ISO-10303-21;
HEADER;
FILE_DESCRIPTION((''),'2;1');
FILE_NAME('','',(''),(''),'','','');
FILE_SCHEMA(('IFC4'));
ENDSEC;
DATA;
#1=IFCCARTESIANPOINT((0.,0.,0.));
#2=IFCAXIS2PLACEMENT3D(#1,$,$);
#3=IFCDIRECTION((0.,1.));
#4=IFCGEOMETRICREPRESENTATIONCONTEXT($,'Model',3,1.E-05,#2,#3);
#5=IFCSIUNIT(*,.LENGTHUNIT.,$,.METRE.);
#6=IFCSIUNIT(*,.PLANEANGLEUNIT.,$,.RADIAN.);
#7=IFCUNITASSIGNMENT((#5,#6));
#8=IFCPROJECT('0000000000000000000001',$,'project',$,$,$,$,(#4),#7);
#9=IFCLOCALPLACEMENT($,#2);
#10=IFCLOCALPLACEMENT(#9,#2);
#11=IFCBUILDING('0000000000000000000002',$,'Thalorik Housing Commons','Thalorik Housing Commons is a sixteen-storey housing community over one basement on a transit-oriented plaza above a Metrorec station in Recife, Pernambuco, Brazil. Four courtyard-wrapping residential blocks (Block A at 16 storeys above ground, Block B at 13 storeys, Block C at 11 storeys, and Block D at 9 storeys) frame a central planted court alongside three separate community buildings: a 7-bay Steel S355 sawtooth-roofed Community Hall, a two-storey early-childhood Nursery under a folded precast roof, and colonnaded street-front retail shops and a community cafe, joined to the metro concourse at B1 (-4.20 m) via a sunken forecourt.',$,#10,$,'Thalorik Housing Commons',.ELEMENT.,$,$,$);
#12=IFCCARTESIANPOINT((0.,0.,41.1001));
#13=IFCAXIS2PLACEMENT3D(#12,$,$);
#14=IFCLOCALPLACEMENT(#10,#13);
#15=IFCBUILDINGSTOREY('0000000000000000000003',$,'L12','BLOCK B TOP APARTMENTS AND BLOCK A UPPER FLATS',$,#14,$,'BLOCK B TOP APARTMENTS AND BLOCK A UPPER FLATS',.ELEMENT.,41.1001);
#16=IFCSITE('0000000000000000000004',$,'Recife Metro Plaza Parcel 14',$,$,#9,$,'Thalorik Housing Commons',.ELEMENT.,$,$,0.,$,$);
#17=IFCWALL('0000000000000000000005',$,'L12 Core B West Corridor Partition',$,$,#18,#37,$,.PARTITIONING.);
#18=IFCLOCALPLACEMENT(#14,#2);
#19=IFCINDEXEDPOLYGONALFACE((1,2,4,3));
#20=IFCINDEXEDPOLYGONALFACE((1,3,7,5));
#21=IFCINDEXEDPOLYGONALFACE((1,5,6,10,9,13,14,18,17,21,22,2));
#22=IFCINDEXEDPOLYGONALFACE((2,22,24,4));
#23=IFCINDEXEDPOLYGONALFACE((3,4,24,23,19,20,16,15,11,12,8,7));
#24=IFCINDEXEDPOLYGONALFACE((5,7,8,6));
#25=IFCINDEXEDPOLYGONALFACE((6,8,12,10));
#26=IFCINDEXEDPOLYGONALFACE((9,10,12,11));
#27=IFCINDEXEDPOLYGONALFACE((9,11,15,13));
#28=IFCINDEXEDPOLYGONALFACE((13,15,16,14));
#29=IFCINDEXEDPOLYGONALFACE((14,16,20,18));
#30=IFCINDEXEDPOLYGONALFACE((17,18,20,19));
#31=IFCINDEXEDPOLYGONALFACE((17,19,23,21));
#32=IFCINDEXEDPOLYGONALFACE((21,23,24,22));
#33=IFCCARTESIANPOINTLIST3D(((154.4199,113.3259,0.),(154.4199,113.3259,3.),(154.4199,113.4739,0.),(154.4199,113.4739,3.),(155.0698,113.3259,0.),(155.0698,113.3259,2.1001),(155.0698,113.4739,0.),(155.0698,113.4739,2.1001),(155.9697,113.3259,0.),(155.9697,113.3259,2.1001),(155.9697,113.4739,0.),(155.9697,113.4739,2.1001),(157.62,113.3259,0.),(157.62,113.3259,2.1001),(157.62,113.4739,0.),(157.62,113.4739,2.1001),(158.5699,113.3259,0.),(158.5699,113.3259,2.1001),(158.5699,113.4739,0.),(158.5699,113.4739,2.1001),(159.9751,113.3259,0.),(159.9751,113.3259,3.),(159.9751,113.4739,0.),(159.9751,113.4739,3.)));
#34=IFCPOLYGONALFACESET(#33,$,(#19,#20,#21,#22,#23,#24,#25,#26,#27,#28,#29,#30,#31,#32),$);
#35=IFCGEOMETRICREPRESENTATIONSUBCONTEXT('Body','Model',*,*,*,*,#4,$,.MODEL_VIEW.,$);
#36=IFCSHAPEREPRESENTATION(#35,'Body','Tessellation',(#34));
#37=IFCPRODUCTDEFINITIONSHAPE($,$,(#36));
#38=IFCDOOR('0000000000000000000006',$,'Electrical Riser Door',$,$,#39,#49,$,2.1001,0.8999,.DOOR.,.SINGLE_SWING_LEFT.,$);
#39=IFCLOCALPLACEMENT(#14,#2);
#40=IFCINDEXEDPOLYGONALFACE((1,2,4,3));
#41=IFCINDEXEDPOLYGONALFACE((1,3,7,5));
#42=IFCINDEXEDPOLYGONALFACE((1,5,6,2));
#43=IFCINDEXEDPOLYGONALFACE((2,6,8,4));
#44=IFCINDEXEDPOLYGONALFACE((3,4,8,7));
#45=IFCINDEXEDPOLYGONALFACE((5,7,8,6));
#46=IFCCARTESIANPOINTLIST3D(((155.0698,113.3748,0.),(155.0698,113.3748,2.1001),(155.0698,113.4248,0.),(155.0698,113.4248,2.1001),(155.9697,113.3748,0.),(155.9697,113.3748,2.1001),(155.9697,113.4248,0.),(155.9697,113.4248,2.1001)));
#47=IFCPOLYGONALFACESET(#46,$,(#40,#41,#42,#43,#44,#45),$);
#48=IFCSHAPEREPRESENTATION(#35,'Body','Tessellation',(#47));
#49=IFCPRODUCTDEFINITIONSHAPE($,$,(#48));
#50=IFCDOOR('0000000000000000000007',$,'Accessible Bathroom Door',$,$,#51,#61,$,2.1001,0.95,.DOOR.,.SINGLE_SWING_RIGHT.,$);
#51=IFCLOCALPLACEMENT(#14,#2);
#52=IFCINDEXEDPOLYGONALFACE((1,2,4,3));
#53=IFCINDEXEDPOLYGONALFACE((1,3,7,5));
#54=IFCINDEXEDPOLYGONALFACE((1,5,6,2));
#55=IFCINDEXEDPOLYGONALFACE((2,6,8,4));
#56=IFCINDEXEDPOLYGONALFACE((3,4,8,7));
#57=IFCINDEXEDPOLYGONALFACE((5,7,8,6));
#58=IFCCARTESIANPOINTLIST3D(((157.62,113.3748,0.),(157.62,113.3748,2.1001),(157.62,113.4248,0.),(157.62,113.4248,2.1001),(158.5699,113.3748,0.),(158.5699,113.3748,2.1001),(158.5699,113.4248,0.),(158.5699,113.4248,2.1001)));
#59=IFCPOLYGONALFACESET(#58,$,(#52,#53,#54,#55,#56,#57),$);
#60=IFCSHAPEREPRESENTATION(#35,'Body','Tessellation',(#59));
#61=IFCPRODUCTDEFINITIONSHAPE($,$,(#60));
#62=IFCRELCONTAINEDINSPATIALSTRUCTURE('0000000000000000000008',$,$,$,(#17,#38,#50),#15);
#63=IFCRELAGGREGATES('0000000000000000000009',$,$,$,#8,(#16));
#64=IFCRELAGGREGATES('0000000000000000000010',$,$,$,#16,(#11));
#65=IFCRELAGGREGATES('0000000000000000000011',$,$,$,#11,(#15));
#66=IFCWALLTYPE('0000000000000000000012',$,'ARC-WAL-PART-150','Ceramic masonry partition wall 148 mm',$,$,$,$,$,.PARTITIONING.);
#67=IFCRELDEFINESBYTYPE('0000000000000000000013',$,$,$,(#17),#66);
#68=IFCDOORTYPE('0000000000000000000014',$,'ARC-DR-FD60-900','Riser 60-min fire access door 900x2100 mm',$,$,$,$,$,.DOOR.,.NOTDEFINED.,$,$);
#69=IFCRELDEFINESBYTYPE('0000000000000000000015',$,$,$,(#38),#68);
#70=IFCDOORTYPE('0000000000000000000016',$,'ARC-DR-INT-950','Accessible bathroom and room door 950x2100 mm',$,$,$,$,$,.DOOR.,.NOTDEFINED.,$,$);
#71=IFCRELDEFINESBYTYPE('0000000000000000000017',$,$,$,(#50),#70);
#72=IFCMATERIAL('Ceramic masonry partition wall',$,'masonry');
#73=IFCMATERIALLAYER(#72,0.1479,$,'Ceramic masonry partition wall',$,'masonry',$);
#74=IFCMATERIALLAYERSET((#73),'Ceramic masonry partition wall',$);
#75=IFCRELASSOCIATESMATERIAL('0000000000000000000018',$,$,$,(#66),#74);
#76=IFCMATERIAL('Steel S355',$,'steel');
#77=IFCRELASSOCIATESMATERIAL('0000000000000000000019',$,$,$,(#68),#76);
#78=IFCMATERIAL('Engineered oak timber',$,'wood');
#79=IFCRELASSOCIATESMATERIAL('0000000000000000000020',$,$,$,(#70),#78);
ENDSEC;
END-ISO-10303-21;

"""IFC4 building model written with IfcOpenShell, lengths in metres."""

from ifc_helpers import new_model, si_unit, direction, frame, frame_2d, origin, place, context, subcontext, project, spatial, rectangle, extrude, material, layer, layer_set, type_object, element, fill, save


model = new_model("IFC4")

# Units and contexts
model_context = context("Model", 3, precision=1e-05, world=origin(), true_north=direction((0.0, 1.0)))
body_context = subcontext(model_context, "Body", "Model", "MODEL_VIEW")
ifc_project = project(units=[si_unit("LENGTHUNIT", "METRE"), si_unit("PLANEANGLEUNIT", "RADIAN")], contexts=[model_context])

# Site, building, storey
site_placement = place(None, origin())
site = spatial("IfcSite", under=ifc_project, at=site_placement, Name="Recife Metro Plaza Parcel 14", LongName="Thalorik Housing Commons", CompositionType="ELEMENT", RefElevation=0.0)
building_placement = place(site_placement, origin())
building = spatial("IfcBuilding", under=site, at=building_placement, Name="Thalorik Housing Commons", Description="Thalorik Housing Commons is a sixteen-storey housing community over one basement on a transit-oriented plaza above a Metrorec station in Recife, Pernambuco, Brazil. Four courtyard-wrapping residential blocks (Block A at 16 storeys above ground, Block B at 13 storeys, Block C at 11 storeys, and Block D at 9 storeys) frame a central planted court alongside three separate community buildings: a 7-bay Steel S355 sawtooth-roofed Community Hall, a two-storey early-childhood Nursery under a folded precast roof, and colonnaded street-front retail shops and a community cafe, joined to the metro concourse at B1 (-4.20 m) via a sunken forecourt.", LongName="Thalorik Housing Commons", CompositionType="ELEMENT")
storey_placement = place(building_placement, frame((0.0, 0.0, 41.1001)))
storey = spatial("IfcBuildingStorey", under=building, at=storey_placement, Name="L12", Description="BLOCK B TOP APARTMENTS AND BLOCK A UPPER FLATS", LongName="BLOCK B TOP APARTMENTS AND BLOCK A UPPER FLATS", CompositionType="ELEMENT", Elevation=41.1001)

# Shared definitions
ifc_material_1 = material(Name="Steel S355", Category="steel")

# Shared definitions
ifc_material_2 = material(Name="Ceramic masonry partition wall", Category="masonry")
ifc_layer_1 = layer(ifc_material_2, 0.1479, Name="Ceramic masonry partition wall", Category="masonry")
ifc_layer_set_1 = layer_set([ifc_layer_1], Name="Ceramic masonry partition wall")
wall_type_1 = type_object("IfcWallType", Name="ARC-WAL-PART-150", Description="Ceramic masonry partition wall 148 mm", PredefinedType="PARTITIONING", material=ifc_layer_set_1)

# Wall, openings, doors
wall_1_placement = place(storey_placement, frame((154.4199, 113.3999, 0.0), z_axis=(0.0, 0.0, 1.0), x_axis=(1.0, 0.0, 0.0)))
wall_1 = element("IfcWall", 1, at=wall_1_placement, inside=storey, type_object=wall_type_1, Name="L12 Core B West Corridor Partition", PredefinedType="PARTITIONING", context=body_context, shape_type="SweptSolid", body=[
    extrude(rectangle(XDim=5.5552, YDim=0.1479, at=frame_2d((2.7776, 0.0))), origin(), (0.0, 0.0, 1.0), 3.0),
])
opening_1_placement = place(wall_1_placement, frame((0.6499, 0.0, 0.0)))
opening_1 = element("IfcOpeningElement", 2, at=opening_1_placement, cuts=wall_1, PredefinedType="OPENING", context=body_context, shape_type="SweptSolid", body=[
    extrude(rectangle(XDim=0.8999, YDim=2.1001, at=frame_2d((0.45, 1.05))), frame((0.0, 0.084, 0.0), z_axis=(0.0, -1.0, 0.0), x_axis=(1.0, 0.0, 0.0)), (0.0, 0.0, 1.0), 0.168),
])
opening_2_placement = place(wall_1_placement, frame((3.2, 0.0, 0.0)))
opening_2 = element("IfcOpeningElement", 3, at=opening_2_placement, cuts=wall_1, PredefinedType="OPENING", context=body_context, shape_type="SweptSolid", body=[
    extrude(rectangle(XDim=0.95, YDim=2.1001, at=frame_2d((0.4751, 1.05))), frame((0.0, 0.084, 0.0), z_axis=(0.0, -1.0, 0.0), x_axis=(1.0, 0.0, 0.0)), (0.0, 0.0, 1.0), 0.168),
])
door_type_1 = type_object("IfcDoorType", Name="ARC-DR-FD60-900", Description="Riser 60-min fire access door 900x2100 mm", OperationType="NOTDEFINED", PredefinedType="DOOR", material=ifc_material_1)
door_1_placement = place(opening_1_placement, origin())
door_1 = element("IfcDoor", 4, at=door_1_placement, inside=storey, type_object=door_type_1, Name="Electrical Riser Door", OperationType="SINGLE_SWING_LEFT", OverallHeight=2.1001, OverallWidth=0.8999, PredefinedType="DOOR", context=body_context, shape_type="SweptSolid", body=[
    extrude(rectangle(XDim=0.8999, YDim=2.1001, at=frame_2d((0.45, 1.05))), frame((0.0, 0.0249, 0.0), z_axis=(0.0, -1.0, 0.0), x_axis=(1.0, 0.0, 0.0)), (0.0, 0.0, 1.0), 0.05),
])
fill(opening_1, door_1)
ifc_material_3 = material(Name="Engineered oak timber", Category="wood")
door_type_2 = type_object("IfcDoorType", Name="ARC-DR-INT-950", Description="Accessible bathroom and room door 950x2100 mm", OperationType="NOTDEFINED", PredefinedType="DOOR", material=ifc_material_3)
door_2_placement = place(opening_2_placement, origin())
door_2 = element("IfcDoor", 5, at=door_2_placement, inside=storey, type_object=door_type_2, Name="Accessible Bathroom Door", OperationType="SINGLE_SWING_RIGHT", OverallHeight=2.1001, OverallWidth=0.95, PredefinedType="DOOR", context=body_context, shape_type="SweptSolid", body=[
    extrude(rectangle(XDim=0.95, YDim=2.1001, at=frame_2d((0.4751, 1.05))), frame((0.0, 0.0249, 0.0), z_axis=(0.0, -1.0, 0.0), x_axis=(1.0, 0.0, 0.0)), (0.0, 0.0, 1.0), 0.05),
])
fill(opening_2, door_2)

save(model, "model.ifc")
